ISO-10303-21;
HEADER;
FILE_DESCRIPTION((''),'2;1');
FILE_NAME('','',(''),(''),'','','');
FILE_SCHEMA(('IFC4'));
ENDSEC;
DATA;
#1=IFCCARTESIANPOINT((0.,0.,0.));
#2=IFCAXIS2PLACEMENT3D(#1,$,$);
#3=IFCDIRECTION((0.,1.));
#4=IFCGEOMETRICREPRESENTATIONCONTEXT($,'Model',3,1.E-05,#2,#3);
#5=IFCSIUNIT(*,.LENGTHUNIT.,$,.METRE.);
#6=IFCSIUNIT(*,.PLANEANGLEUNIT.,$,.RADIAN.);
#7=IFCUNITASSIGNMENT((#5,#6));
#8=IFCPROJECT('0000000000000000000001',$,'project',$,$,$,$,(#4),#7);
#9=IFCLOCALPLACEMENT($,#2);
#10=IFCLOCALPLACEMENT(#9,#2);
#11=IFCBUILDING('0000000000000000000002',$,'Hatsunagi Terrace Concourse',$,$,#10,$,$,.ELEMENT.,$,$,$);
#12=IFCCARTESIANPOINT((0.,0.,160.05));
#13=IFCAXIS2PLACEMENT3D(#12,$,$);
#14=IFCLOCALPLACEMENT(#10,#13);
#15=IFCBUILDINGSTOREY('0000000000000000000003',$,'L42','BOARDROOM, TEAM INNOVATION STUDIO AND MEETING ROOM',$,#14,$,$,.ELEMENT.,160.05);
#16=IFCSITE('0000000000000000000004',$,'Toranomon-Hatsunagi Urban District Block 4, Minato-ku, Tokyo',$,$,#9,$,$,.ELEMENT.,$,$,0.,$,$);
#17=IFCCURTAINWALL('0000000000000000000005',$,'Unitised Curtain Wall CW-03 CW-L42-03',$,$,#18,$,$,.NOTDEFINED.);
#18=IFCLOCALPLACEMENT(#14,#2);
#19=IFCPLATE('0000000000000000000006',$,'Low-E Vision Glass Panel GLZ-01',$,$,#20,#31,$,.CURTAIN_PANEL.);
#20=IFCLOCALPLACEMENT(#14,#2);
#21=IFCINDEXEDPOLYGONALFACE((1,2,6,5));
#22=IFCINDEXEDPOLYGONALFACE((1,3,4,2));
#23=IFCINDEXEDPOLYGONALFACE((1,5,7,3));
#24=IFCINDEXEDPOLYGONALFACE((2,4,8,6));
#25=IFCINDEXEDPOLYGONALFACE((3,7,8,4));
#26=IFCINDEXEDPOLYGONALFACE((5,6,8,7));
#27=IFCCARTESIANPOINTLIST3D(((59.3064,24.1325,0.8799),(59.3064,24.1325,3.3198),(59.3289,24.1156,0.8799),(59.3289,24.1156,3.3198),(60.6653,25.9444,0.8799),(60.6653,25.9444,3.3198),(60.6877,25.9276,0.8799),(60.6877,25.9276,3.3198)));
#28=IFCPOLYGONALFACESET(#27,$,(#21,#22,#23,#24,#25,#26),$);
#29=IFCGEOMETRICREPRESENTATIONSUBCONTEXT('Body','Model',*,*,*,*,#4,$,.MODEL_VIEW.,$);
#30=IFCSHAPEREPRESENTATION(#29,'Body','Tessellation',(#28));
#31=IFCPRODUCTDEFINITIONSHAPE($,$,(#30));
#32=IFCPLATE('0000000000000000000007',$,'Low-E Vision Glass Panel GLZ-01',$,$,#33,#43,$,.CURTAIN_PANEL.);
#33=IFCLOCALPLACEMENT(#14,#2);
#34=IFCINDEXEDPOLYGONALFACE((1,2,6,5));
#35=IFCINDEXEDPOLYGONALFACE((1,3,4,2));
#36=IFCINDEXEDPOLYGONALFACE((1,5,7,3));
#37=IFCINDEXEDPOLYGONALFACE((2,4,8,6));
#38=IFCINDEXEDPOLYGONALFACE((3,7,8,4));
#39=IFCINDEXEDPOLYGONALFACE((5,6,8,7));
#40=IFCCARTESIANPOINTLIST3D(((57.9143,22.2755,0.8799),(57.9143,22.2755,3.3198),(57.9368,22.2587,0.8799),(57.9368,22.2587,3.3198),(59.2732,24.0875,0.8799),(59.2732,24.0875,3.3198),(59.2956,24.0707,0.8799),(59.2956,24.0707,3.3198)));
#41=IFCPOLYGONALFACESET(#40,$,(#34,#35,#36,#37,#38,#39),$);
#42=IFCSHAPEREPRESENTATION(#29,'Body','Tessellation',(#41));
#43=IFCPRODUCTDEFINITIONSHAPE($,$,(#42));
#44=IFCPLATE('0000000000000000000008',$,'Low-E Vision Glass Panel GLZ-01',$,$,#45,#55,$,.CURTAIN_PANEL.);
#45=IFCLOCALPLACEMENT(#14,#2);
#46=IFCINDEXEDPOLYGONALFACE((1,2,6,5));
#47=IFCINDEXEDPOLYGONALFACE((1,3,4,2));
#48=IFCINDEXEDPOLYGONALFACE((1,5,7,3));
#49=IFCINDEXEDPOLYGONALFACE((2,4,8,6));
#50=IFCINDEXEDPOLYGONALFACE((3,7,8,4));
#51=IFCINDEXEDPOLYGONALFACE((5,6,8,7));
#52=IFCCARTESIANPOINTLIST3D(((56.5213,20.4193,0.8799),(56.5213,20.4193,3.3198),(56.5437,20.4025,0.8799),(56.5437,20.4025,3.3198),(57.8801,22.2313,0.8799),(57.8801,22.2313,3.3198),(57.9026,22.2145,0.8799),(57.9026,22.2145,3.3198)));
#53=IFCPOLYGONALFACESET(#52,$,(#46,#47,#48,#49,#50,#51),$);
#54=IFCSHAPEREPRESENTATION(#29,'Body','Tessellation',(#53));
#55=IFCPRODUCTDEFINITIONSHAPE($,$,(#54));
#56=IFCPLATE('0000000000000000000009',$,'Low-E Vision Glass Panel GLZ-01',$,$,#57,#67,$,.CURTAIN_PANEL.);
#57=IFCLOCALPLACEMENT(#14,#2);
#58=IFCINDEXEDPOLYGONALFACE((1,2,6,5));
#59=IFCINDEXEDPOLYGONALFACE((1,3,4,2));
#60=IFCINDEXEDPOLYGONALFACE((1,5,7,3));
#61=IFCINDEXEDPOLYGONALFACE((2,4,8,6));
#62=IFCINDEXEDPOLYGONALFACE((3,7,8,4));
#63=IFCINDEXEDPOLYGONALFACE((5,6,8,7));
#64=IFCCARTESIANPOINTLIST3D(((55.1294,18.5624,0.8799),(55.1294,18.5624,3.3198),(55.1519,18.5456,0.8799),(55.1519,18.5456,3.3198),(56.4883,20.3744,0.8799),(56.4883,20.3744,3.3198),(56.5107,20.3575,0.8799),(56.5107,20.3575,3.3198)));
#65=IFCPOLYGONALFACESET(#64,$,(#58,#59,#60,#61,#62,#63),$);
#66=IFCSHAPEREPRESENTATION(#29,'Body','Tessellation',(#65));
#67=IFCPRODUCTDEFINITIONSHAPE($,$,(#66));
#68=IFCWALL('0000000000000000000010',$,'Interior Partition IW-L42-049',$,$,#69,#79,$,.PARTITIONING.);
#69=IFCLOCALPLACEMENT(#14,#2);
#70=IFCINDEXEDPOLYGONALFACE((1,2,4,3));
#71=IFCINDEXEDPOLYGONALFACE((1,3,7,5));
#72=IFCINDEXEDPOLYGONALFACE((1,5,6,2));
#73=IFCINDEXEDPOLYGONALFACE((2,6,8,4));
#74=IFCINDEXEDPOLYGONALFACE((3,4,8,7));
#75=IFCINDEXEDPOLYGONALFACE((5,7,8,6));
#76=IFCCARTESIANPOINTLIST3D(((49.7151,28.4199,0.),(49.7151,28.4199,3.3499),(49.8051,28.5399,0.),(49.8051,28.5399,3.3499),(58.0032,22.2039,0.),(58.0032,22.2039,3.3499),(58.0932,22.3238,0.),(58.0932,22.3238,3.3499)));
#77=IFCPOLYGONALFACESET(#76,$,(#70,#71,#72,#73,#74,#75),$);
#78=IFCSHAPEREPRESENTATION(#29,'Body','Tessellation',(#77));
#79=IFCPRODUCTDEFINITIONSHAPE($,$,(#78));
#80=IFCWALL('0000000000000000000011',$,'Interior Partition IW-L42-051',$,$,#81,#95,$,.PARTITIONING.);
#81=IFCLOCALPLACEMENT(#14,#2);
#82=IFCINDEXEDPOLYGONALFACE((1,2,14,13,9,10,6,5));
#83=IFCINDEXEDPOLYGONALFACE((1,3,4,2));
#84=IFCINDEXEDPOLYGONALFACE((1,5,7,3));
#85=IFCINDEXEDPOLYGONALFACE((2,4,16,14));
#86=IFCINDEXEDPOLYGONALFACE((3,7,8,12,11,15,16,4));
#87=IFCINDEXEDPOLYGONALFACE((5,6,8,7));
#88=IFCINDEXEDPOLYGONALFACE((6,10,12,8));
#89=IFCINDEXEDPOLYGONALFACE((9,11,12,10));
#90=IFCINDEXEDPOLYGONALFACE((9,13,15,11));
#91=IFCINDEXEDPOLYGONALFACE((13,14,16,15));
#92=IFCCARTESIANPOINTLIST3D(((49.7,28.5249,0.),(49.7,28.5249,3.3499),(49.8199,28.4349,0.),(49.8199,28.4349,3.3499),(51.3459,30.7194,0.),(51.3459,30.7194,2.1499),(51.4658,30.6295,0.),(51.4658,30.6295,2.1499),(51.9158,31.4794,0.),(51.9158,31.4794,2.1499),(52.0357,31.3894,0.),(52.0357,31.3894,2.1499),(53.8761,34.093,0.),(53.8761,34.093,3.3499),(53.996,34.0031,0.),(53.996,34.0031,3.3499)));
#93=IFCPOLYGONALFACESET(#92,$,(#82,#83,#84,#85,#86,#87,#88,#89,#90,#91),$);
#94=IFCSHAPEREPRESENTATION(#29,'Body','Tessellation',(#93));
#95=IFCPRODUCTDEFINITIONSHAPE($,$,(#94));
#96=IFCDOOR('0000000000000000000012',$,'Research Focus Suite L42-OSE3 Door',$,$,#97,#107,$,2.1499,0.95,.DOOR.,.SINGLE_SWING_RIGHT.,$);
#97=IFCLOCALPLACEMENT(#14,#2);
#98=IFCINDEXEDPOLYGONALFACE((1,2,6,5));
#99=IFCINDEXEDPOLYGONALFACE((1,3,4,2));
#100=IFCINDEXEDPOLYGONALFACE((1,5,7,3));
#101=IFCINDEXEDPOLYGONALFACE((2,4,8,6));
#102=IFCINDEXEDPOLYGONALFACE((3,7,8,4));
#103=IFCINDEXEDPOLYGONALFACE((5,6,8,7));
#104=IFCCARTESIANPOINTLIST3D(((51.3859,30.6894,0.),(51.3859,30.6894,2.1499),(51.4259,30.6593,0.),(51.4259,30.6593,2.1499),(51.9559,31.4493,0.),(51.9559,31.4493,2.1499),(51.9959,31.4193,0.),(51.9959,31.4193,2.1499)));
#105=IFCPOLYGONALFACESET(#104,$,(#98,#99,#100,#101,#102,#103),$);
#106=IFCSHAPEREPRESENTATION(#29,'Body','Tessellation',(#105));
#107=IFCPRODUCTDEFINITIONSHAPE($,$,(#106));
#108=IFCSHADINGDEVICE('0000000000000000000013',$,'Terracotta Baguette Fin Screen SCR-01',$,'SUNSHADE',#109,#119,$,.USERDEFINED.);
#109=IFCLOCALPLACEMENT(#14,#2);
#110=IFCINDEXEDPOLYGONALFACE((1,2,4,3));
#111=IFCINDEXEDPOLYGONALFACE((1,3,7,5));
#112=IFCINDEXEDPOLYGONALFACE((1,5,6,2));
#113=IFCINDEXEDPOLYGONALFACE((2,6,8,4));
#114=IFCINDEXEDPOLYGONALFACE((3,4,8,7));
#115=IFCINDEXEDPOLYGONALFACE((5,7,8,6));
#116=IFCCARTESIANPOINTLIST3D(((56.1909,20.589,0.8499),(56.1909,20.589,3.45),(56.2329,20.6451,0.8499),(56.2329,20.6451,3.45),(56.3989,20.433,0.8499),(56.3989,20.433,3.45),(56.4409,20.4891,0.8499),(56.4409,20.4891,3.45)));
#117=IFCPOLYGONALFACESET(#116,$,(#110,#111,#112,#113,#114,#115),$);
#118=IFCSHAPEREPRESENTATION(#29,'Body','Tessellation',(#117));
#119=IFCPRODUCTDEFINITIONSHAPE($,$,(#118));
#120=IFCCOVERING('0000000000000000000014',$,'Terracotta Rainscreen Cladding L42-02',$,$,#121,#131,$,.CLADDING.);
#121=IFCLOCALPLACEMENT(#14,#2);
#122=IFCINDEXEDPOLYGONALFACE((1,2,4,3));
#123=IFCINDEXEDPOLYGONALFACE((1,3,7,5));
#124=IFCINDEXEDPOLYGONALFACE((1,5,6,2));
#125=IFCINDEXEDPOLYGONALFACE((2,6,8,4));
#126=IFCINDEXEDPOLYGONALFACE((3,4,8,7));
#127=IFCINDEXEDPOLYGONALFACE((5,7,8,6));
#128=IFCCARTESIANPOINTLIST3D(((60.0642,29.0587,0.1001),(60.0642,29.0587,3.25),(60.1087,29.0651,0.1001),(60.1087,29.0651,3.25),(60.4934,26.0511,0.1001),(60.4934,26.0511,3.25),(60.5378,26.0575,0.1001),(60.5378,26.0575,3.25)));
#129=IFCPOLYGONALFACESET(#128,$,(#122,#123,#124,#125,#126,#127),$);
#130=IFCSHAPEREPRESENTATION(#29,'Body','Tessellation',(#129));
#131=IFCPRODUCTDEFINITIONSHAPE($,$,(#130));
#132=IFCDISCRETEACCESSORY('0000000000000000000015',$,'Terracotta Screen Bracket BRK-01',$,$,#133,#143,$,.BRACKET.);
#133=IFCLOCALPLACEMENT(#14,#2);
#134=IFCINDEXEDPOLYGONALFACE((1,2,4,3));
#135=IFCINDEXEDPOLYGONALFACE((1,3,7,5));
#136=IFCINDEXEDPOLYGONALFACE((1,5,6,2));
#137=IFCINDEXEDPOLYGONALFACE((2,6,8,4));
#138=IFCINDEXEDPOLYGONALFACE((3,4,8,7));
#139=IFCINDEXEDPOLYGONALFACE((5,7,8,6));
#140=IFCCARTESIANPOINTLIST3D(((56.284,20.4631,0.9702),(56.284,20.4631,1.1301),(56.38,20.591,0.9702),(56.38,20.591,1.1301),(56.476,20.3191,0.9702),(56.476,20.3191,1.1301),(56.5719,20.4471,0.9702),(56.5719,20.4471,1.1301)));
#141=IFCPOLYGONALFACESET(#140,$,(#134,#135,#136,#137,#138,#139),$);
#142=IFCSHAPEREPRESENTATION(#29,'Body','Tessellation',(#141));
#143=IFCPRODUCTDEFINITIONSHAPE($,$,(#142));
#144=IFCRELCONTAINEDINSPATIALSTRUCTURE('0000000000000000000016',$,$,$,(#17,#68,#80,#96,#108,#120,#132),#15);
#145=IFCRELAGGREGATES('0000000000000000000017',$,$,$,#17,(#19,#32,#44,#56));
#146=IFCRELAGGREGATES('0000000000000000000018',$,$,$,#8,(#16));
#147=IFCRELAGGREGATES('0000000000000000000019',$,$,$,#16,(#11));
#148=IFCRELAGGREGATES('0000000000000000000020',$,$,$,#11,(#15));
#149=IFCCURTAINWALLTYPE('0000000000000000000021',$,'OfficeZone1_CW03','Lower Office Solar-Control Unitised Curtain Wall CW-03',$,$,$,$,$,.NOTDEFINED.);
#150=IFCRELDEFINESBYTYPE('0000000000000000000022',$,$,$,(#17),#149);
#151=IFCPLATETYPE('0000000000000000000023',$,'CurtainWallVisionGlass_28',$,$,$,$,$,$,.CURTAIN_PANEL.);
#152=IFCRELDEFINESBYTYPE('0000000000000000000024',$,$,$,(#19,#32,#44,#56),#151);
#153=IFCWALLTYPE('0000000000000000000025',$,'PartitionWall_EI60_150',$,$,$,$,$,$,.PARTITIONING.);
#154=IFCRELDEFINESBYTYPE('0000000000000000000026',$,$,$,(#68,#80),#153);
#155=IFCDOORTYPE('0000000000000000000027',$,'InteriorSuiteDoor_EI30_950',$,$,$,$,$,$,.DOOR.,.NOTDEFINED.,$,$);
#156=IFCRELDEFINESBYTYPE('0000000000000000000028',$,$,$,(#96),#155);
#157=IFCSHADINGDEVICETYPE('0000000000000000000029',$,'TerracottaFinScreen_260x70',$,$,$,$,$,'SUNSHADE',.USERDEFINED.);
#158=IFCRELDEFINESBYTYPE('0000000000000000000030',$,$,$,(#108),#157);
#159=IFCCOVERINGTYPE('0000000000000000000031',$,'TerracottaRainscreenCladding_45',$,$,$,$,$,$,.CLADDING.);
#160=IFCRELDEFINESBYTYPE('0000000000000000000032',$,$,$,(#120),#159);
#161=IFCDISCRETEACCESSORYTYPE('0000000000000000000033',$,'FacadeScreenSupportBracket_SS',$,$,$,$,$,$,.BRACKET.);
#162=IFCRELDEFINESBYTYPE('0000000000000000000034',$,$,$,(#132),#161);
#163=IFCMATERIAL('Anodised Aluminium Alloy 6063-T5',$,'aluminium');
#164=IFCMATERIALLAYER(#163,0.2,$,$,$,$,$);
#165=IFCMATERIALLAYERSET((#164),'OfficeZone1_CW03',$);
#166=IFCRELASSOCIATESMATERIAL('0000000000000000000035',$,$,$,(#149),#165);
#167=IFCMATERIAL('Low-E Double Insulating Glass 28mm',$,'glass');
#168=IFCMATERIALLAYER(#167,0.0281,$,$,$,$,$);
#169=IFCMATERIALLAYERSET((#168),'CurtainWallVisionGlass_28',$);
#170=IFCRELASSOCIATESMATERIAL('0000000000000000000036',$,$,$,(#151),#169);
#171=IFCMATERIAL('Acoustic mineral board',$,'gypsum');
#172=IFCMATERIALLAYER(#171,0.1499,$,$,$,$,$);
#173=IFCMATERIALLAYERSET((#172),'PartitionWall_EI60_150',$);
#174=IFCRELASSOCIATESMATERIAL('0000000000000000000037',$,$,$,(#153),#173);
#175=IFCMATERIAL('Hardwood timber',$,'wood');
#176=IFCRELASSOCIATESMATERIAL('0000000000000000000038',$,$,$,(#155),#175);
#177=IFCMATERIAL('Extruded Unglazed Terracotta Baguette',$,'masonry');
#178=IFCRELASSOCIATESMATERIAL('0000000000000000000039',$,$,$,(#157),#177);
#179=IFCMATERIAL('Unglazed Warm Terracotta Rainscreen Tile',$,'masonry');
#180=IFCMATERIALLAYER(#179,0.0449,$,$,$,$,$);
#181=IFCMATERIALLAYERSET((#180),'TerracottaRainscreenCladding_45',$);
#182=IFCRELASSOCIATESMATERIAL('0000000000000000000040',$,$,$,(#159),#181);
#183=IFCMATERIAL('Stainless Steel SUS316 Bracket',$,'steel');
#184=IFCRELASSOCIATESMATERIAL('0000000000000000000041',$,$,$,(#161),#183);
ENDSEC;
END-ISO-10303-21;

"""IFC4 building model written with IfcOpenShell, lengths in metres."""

from ifc_helpers import new_model, si_unit, direction, frame, frame_2d, origin, origin_2d, place, context, subcontext, project, spatial, rectangle, extrude, material, layer, layer_set, type_object, element, fill, aggregate, save


model = new_model("IFC4")

# Units and contexts
model_context = context("Model", 3, precision=1e-05, world=origin(), true_north=direction((0.0, 1.0)))
body_context = subcontext(model_context, "Body", "Model", "MODEL_VIEW")
ifc_project = project(units=[si_unit("LENGTHUNIT", "METRE"), si_unit("PLANEANGLEUNIT", "RADIAN")], contexts=[model_context])

# Site, building, storey
site_placement = place(None, origin())
site = spatial("IfcSite", under=ifc_project, at=site_placement, Name="Toranomon-Hatsunagi Urban District Block 4, Minato-ku, Tokyo", CompositionType="ELEMENT", RefElevation=0.0)
building_placement = place(site_placement, origin())
building = spatial("IfcBuilding", under=site, at=building_placement, Name="Hatsunagi Terrace Concourse", CompositionType="ELEMENT")
storey_placement = place(building_placement, frame((0.0, 0.0, 160.05)))
storey = spatial("IfcBuildingStorey", under=building, at=storey_placement, Name="L42", Description="BOARDROOM, TEAM INNOVATION STUDIO AND MEETING ROOM", CompositionType="ELEMENT", Elevation=160.05)

# Curtain wall, plates
ifc_material_1 = material(Name="Anodised Aluminium Alloy 6063-T5", Category="aluminium")
ifc_layer_1 = layer(ifc_material_1, 0.2)
ifc_layer_set_1 = layer_set([ifc_layer_1], Name="OfficeZone1_CW03")
curtain_wall_type = type_object("IfcCurtainWallType", Name="OfficeZone1_CW03", Description="Lower Office Solar-Control Unitised Curtain Wall CW-03", PredefinedType="NOTDEFINED", material=ifc_layer_set_1)
curtain_wall_placement = place(storey_placement, origin())
curtain_wall = element("IfcCurtainWall", 1, at=curtain_wall_placement, inside=storey, type_object=curtain_wall_type, Name="Unitised Curtain Wall CW-03 CW-L42-03", PredefinedType="NOTDEFINED")
ifc_material_2 = material(Name="Low-E Double Insulating Glass 28mm", Category="glass")
ifc_layer_2 = layer(ifc_material_2, 0.0281)
ifc_layer_set_2 = layer_set([ifc_layer_2], Name="CurtainWallVisionGlass_28")
plate_type_1 = type_object("IfcPlateType", Name="CurtainWallVisionGlass_28", PredefinedType="CURTAIN_PANEL", material=ifc_layer_set_2)
plate_1_placement = place(storey_placement, frame((59.9971, 25.03, 0.8799), z_axis=(0.0, 0.0, 1.0), x_axis=(-0.599969, -0.800023, 0.0)))
plate_1 = element("IfcPlate", 2, at=plate_1_placement, type_object=plate_type_1, Name="Low-E Vision Glass Panel GLZ-01", PredefinedType="CURTAIN_PANEL", context=body_context, shape_type="SweptSolid", body=[
    extrude(rectangle(XDim=2.2649, YDim=0.0281, at=origin_2d()), origin(), (0.0, 0.0, 1.0), 2.4399),
])
plate_2_placement = place(storey_placement, frame((58.605, 23.1731, 0.8799), z_axis=(0.0, 0.0, 1.0), x_axis=(-0.599969, -0.800023, 0.0)))
plate_2 = element("IfcPlate", 3, at=plate_2_placement, type_object=plate_type_1, Name="Low-E Vision Glass Panel GLZ-01", PredefinedType="CURTAIN_PANEL", context=body_context, shape_type="SweptSolid", body=[
    extrude(rectangle(XDim=2.2649, YDim=0.0281, at=origin_2d()), origin(), (0.0, 0.0, 1.0), 2.4399),
])
plate_3_placement = place(storey_placement, frame((57.2119, 21.3169, 0.8799), z_axis=(0.0, 0.0, 1.0), x_axis=(-0.599969, -0.800023, 0.0)))
plate_3 = element("IfcPlate", 4, at=plate_3_placement, type_object=plate_type_1, Name="Low-E Vision Glass Panel GLZ-01", PredefinedType="CURTAIN_PANEL", context=body_context, shape_type="SweptSolid", body=[
    extrude(rectangle(XDim=2.2649, YDim=0.0281, at=origin_2d()), origin(), (0.0, 0.0, 1.0), 2.4399),
])
plate_4_placement = place(storey_placement, frame((55.8201, 19.46, 0.8799), z_axis=(0.0, 0.0, 1.0), x_axis=(-0.599969, -0.800023, 0.0)))
plate_4 = element("IfcPlate", 5, at=plate_4_placement, type_object=plate_type_1, Name="Low-E Vision Glass Panel GLZ-01", PredefinedType="CURTAIN_PANEL", context=body_context, shape_type="SweptSolid", body=[
    extrude(rectangle(XDim=2.2649, YDim=0.0281, at=origin_2d()), origin(), (0.0, 0.0, 1.0), 2.4399),
])
aggregate(curtain_wall, [plate_1, plate_2, plate_3, plate_4])

# Wall
ifc_material_3 = material(Name="Acoustic mineral board", Category="gypsum")
ifc_layer_3 = layer(ifc_material_3, 0.1499)
ifc_layer_set_3 = layer_set([ifc_layer_3], Name="PartitionWall_EI60_150")
wall_type = type_object("IfcWallType", Name="PartitionWall_EI60_150", PredefinedType="PARTITIONING", material=ifc_layer_set_3)
wall_1_placement = place(storey_placement, frame((49.76, 28.48, 0.0), z_axis=(0.0, 0.0, 1.0), x_axis=(0.8, -0.6, 0.0)))
element("IfcWall", 6, at=wall_1_placement, inside=storey, type_object=wall_type, Name="Interior Partition IW-L42-049", PredefinedType="PARTITIONING", context=body_context, shape_type="SweptSolid", body=[
    extrude(rectangle(XDim=10.3601, YDim=0.1499, at=frame_2d((5.1802, 0.0))), origin(), (0.0, 0.0, 1.0), 3.3499),
])

# Wall, opening, door
wall_2_placement = place(storey_placement, frame((49.76, 28.48, 0.0), z_axis=(0.0, 0.0, 1.0), x_axis=(0.599994, 0.800004, 0.0)))
wall_2 = element("IfcWall", 7, at=wall_2_placement, inside=storey, type_object=wall_type, Name="Interior Partition IW-L42-051", PredefinedType="PARTITIONING", context=body_context, shape_type="SweptSolid", body=[
    extrude(rectangle(XDim=6.9602, YDim=0.1499, at=frame_2d((3.48, 0.0))), origin(), (0.0, 0.0, 1.0), 3.3499),
])
opening_placement = place(wall_2_placement, frame((2.7429, 0.0, 0.0)))
opening = element("IfcOpeningElement", 8, at=opening_placement, cuts=wall_2, PredefinedType="OPENING", context=body_context, shape_type="SweptSolid", body=[
    extrude(rectangle(XDim=0.95, YDim=2.1499, at=frame_2d((0.4751, 1.075))), frame((0.0, 0.085, 0.0), z_axis=(0.0, -1.0, 0.0), x_axis=(1.0, 0.0, 0.0)), (0.0, 0.0, 1.0), 0.1699),
])
ifc_material_4 = material(Name="Hardwood timber", Category="wood")
door_type = type_object("IfcDoorType", Name="InteriorSuiteDoor_EI30_950", OperationType="NOTDEFINED", PredefinedType="DOOR", material=ifc_material_4)
door_placement = place(opening_placement, origin())
door = element("IfcDoor", 9, at=door_placement, inside=storey, type_object=door_type, Name="Research Focus Suite L42-OSE3 Door", OperationType="SINGLE_SWING_RIGHT", OverallHeight=2.1499, OverallWidth=0.95, PredefinedType="DOOR", context=body_context, shape_type="SweptSolid", body=[
    extrude(rectangle(XDim=0.95, YDim=2.1499, at=frame_2d((0.4751, 1.075))), frame((0.0, 0.0249, 0.0), z_axis=(0.0, -1.0, 0.0), x_axis=(1.0, 0.0, 0.0)), (0.0, 0.0, 1.0), 0.05),
])
fill(opening, door)

# Shading device
ifc_material_5 = material(Name="Extruded Unglazed Terracotta Baguette", Category="masonry")
shading_device_type = type_object("IfcShadingDeviceType", Name="TerracottaFinScreen_260x70", ElementType="SUNSHADE", PredefinedType="USERDEFINED", material=ifc_material_5)
shading_device_placement = place(storey_placement, frame((56.3159, 20.5391, 0.8499), z_axis=(0.0, 0.0, 1.0), x_axis=(-0.599969, -0.800023, 0.0)))
element("IfcShadingDevice", 10, at=shading_device_placement, inside=storey, type_object=shading_device_type, Name="Terracotta Baguette Fin Screen SCR-01", ObjectType="SUNSHADE", PredefinedType="USERDEFINED", context=body_context, shape_type="SweptSolid", body=[
    extrude(rectangle(XDim=0.0701, YDim=0.26, at=origin_2d()), origin(), (0.0, 0.0, 1.0), 2.6001),
])

# Covering
ifc_material_6 = material(Name="Unglazed Warm Terracotta Rainscreen Tile", Category="masonry")
ifc_layer_4 = layer(ifc_material_6, 0.0449)
ifc_layer_set_4 = layer_set([ifc_layer_4], Name="TerracottaRainscreenCladding_45")
covering_type = type_object("IfcCoveringType", Name="TerracottaRainscreenCladding_45", PredefinedType="CLADDING", material=ifc_layer_set_4)
covering_placement = place(storey_placement, frame((60.301, 27.5581, 0.1001), z_axis=(0.0, 0.0, 1.0), x_axis=(0.14125, -0.989974, 0.0)))
element("IfcCovering", 11, at=covering_placement, inside=storey, type_object=covering_type, Name="Terracotta Rainscreen Cladding L42-02", PredefinedType="CLADDING", context=body_context, shape_type="SweptSolid", body=[
    extrude(rectangle(XDim=3.0381, YDim=0.0449, at=origin_2d()), origin(), (0.0, 0.0, 1.0), 3.1499),
])

# Discrete accessory
ifc_material_7 = material(Name="Stainless Steel SUS316 Bracket", Category="steel")
discrete_accessory_type = type_object("IfcDiscreteAccessoryType", Name="FacadeScreenSupportBracket_SS", PredefinedType="BRACKET", material=ifc_material_7)
discrete_accessory_placement = place(storey_placement, frame((56.428, 20.4551, 0.9702), z_axis=(0.0, 0.0, 1.0), x_axis=(-0.599969, -0.800023, 0.0)))
element("IfcDiscreteAccessory", 12, at=discrete_accessory_placement, inside=storey, type_object=discrete_accessory_type, Name="Terracotta Screen Bracket BRK-01", PredefinedType="BRACKET", context=body_context, shape_type="SweptSolid", body=[
    extrude(rectangle(XDim=0.1599, YDim=0.24, at=origin_2d()), origin(), (0.0, 0.0, 1.0), 0.1599),
])

save(model, "model.ifc")
